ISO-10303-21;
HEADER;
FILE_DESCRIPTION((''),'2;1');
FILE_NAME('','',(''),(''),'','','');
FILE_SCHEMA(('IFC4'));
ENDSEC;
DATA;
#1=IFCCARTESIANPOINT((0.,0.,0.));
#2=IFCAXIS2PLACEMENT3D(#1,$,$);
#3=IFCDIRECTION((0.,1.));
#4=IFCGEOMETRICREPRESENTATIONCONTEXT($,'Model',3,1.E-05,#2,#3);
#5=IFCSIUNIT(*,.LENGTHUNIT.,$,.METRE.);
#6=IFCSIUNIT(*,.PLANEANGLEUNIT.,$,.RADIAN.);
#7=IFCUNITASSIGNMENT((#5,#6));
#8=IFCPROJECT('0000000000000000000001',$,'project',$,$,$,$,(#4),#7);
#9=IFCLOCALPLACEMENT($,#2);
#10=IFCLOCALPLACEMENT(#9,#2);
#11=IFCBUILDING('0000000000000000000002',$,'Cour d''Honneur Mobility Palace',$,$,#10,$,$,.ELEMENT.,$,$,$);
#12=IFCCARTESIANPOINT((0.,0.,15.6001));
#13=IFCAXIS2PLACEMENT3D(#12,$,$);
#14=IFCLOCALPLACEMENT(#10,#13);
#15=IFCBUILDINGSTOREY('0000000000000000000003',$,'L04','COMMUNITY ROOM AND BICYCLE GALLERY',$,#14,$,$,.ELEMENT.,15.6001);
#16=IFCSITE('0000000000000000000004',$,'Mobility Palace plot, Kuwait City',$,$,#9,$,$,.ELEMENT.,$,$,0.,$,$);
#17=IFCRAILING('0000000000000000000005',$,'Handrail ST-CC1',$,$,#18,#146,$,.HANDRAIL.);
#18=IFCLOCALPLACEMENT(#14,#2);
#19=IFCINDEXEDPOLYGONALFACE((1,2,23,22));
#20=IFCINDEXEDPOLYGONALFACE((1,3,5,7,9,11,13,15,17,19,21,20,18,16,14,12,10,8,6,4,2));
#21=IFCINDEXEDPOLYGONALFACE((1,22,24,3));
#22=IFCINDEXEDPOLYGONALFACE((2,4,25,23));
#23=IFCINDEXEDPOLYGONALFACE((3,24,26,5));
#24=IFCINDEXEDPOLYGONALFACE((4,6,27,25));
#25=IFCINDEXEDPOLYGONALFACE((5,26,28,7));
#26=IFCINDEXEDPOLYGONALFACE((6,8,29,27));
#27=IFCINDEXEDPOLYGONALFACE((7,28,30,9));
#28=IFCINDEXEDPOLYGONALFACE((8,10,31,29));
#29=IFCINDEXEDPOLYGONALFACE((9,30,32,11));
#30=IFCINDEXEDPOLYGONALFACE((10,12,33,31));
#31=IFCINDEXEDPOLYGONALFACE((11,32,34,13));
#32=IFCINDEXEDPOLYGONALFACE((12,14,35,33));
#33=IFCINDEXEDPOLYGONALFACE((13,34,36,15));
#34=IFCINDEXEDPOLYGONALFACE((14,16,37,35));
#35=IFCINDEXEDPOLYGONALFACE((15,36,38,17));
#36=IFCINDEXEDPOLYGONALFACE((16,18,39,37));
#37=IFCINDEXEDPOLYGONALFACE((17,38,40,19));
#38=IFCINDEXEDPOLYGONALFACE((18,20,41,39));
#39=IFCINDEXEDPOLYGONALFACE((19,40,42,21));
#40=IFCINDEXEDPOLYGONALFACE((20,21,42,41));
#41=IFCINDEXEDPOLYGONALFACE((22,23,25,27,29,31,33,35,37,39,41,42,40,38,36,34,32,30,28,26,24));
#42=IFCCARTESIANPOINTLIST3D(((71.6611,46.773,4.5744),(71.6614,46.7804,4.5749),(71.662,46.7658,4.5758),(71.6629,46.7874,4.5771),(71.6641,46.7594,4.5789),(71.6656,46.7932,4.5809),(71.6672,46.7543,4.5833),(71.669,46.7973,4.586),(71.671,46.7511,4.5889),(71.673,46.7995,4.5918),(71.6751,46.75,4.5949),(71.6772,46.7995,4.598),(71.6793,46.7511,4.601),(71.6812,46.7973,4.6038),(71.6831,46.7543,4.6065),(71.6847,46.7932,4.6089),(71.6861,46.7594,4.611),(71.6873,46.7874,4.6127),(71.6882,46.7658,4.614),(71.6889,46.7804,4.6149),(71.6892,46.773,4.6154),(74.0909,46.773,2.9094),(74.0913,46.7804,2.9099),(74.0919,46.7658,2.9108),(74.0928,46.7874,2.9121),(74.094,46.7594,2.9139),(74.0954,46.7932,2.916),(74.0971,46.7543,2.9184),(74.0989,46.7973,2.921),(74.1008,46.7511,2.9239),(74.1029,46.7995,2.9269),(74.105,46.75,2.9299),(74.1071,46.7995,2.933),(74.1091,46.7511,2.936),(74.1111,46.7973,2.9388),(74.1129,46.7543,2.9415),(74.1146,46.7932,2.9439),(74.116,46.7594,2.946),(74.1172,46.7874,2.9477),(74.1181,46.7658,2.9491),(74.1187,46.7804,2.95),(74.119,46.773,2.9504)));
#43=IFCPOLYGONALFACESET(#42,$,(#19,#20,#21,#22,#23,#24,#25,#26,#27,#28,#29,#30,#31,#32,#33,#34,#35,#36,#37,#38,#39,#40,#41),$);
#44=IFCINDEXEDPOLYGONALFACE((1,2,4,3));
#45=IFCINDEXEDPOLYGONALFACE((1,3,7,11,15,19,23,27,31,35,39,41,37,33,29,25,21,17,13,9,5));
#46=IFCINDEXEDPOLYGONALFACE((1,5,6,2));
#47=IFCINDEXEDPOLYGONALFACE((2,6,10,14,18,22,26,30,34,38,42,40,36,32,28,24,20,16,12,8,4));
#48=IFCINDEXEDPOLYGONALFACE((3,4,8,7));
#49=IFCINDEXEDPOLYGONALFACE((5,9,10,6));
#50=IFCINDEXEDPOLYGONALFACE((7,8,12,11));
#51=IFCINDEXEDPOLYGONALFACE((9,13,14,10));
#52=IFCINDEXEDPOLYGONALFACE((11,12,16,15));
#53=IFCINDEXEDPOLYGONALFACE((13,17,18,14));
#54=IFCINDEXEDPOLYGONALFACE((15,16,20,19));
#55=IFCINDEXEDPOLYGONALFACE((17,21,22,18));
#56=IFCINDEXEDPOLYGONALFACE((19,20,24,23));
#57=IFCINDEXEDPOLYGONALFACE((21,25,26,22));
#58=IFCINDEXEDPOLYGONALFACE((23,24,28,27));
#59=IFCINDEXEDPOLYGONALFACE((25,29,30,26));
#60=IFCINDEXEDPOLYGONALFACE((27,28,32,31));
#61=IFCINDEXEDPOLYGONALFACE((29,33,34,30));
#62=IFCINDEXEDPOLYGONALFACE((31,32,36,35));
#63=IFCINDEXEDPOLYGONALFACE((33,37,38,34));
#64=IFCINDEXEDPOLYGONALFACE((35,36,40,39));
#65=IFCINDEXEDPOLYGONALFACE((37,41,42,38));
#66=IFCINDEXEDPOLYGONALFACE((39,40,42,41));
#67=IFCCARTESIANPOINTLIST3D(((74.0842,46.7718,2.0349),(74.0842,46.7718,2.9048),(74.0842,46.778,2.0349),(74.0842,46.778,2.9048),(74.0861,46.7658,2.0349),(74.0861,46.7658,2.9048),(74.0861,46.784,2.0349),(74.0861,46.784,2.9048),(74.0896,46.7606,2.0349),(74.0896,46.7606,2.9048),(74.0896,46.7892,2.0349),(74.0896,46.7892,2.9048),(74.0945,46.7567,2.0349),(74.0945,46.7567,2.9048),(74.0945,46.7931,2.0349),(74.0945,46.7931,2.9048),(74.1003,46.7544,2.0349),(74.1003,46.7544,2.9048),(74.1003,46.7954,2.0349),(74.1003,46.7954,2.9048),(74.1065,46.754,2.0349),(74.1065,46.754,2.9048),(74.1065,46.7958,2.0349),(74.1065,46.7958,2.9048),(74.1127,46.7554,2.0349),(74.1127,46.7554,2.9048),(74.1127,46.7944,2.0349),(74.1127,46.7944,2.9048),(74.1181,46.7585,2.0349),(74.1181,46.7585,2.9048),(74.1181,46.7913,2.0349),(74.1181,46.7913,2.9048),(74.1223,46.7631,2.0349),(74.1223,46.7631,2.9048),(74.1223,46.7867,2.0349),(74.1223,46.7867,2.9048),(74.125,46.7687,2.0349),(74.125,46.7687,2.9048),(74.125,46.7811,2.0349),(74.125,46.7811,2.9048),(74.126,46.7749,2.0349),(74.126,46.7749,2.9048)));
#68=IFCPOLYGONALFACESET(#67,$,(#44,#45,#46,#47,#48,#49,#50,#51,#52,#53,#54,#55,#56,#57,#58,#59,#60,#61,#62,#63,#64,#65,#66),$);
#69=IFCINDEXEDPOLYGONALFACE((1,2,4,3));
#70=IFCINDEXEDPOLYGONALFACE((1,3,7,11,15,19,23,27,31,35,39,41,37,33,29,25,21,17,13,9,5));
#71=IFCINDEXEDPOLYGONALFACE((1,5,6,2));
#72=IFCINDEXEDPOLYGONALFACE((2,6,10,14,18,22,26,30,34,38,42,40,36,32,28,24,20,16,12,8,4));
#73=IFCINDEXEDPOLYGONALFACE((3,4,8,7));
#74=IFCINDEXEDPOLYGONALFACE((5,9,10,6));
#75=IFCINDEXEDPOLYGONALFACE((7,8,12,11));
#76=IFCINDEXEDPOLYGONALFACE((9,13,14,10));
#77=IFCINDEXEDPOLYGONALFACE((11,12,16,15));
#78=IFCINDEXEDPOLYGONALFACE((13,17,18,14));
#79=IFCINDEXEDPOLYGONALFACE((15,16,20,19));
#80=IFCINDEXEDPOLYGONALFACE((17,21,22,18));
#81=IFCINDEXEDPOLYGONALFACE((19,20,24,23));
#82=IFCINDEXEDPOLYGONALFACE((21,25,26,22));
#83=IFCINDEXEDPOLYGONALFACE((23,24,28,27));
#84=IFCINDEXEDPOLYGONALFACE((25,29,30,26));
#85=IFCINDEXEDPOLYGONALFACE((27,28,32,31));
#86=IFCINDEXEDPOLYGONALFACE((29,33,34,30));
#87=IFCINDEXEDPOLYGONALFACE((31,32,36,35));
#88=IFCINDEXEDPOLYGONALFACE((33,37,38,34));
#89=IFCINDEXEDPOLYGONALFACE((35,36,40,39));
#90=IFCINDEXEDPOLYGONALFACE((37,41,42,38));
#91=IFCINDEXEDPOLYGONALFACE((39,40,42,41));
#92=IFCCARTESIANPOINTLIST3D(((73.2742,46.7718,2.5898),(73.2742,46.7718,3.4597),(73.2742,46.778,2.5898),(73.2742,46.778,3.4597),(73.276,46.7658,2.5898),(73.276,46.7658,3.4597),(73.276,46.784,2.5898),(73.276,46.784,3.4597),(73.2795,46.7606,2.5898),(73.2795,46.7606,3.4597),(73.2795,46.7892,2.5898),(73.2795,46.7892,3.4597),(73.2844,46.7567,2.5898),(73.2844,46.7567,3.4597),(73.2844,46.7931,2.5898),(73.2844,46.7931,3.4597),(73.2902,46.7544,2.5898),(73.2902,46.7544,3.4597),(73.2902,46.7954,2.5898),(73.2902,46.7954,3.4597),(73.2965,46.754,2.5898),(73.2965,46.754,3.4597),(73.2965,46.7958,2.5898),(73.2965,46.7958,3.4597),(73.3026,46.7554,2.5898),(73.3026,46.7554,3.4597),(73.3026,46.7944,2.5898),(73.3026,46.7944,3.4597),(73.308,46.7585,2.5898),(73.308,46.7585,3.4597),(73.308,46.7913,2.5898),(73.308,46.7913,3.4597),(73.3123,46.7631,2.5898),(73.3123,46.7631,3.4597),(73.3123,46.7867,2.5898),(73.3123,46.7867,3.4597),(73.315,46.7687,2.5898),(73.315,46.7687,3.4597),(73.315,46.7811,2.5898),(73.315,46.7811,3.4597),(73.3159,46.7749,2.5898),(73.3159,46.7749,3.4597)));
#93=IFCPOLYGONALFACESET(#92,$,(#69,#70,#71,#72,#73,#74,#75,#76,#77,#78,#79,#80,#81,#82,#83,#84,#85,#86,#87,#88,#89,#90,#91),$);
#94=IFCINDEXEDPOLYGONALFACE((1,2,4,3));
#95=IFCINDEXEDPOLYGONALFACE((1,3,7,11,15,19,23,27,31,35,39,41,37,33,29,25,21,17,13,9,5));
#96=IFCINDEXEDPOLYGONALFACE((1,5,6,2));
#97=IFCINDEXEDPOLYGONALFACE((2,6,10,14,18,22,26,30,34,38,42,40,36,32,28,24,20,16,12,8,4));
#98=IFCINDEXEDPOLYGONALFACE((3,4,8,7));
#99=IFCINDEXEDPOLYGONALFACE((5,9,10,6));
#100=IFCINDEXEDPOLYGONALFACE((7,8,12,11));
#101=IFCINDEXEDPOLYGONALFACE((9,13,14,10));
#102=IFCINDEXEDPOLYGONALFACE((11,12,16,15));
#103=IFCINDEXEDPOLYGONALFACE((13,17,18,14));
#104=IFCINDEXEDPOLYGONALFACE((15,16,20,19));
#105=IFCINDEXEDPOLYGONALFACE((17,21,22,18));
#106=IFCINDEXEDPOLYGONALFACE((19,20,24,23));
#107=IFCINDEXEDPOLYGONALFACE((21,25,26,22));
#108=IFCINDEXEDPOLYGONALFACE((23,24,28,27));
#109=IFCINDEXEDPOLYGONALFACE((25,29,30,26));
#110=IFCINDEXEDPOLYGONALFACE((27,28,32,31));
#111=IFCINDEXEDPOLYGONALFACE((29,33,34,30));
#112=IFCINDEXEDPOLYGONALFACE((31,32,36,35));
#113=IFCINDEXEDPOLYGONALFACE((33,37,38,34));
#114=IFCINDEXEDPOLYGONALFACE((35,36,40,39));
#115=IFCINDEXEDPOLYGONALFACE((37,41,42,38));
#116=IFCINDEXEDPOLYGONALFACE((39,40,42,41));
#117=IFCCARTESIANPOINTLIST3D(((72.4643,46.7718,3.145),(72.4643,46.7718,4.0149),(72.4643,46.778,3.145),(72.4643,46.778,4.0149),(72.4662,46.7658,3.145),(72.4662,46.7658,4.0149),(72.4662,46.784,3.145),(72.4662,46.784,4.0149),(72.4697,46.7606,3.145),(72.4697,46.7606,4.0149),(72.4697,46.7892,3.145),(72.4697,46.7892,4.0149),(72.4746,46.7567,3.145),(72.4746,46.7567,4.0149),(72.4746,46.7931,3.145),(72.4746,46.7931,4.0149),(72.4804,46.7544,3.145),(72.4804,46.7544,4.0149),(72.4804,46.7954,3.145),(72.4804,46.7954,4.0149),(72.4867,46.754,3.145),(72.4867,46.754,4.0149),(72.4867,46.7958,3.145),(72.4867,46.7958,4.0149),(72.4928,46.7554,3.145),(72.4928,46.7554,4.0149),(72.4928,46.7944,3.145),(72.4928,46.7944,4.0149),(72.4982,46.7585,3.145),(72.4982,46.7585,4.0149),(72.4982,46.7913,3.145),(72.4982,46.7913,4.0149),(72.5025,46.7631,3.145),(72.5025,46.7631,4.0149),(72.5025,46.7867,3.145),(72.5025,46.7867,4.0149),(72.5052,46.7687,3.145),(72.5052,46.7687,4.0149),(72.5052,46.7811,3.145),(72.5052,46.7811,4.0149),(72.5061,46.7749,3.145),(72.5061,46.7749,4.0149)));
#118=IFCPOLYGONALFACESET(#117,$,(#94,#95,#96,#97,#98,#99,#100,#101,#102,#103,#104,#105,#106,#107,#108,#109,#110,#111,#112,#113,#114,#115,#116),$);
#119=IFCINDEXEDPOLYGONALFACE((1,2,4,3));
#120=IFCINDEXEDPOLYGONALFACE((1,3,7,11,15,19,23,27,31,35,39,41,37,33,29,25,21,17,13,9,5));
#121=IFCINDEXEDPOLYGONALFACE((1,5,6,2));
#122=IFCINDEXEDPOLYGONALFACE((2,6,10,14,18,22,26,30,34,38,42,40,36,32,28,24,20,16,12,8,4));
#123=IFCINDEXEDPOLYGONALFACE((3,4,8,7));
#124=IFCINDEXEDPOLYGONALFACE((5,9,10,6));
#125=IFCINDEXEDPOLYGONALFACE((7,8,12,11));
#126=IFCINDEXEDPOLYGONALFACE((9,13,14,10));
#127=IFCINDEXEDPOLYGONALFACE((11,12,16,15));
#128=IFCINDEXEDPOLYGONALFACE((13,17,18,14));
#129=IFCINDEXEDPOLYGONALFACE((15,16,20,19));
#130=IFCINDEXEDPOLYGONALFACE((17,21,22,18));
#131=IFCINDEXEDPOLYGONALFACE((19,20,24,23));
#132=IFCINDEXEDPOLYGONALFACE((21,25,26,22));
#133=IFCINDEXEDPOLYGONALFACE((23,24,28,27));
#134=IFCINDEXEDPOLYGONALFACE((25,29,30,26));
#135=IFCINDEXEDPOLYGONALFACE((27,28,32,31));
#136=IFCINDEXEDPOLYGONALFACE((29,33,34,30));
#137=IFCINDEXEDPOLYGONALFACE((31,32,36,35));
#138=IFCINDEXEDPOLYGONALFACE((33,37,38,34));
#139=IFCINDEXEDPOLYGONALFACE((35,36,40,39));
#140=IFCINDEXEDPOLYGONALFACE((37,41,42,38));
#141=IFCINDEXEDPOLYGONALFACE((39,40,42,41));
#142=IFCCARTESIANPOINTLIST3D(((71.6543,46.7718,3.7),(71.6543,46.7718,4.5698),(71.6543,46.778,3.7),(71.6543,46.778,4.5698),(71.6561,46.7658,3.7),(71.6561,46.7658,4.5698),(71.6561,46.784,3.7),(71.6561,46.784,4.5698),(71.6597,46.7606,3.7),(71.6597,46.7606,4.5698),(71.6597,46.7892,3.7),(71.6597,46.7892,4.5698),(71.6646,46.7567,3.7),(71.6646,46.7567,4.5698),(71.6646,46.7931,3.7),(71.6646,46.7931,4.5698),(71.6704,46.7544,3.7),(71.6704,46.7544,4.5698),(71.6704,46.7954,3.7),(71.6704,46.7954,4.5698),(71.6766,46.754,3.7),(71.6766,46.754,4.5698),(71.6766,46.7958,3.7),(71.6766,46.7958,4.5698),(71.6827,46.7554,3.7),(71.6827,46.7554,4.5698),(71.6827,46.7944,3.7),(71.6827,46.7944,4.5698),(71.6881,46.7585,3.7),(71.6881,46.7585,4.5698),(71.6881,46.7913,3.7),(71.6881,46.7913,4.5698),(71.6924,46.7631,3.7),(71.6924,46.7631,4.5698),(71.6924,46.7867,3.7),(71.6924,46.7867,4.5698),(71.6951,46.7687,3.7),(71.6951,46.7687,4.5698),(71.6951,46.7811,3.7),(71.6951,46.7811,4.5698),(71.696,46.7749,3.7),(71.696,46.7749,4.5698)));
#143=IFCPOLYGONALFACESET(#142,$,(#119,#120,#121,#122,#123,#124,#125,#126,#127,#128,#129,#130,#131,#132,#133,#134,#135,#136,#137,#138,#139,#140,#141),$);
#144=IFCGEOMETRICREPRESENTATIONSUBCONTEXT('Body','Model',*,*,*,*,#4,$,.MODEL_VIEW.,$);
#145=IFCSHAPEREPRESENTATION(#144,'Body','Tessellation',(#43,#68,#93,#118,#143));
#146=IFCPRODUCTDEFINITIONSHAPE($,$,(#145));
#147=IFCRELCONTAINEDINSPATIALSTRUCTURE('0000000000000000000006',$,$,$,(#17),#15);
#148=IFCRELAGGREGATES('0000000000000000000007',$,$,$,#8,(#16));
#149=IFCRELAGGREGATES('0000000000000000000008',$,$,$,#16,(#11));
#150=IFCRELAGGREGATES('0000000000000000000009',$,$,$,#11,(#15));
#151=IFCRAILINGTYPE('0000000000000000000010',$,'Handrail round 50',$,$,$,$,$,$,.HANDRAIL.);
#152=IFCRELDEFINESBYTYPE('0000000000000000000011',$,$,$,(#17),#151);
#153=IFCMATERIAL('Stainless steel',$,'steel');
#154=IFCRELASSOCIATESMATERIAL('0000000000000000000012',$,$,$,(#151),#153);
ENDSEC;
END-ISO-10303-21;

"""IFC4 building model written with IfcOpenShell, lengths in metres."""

from ifc_helpers import new_model, si_unit, direction, frame, origin, origin_2d, place, context, subcontext, project, spatial, circle, extrude, material, type_object, element, save


model = new_model("IFC4")

# Units and contexts
model_context = context("Model", 3, precision=1e-05, world=origin(), true_north=direction((0.0, 1.0)))
body_context = subcontext(model_context, "Body", "Model", "MODEL_VIEW")
ifc_project = project(units=[si_unit("LENGTHUNIT", "METRE"), si_unit("PLANEANGLEUNIT", "RADIAN")], contexts=[model_context])

# Site, building, storey
site_placement = place(None, origin())
site = spatial("IfcSite", under=ifc_project, at=site_placement, Name="Mobility Palace plot, Kuwait City", CompositionType="ELEMENT", RefElevation=0.0)
building_placement = place(site_placement, origin())
building = spatial("IfcBuilding", under=site, at=building_placement, Name="Cour d'Honneur Mobility Palace", CompositionType="ELEMENT")
storey_placement = place(building_placement, frame((0.0, 0.0, 15.6001)))
storey = spatial("IfcBuildingStorey", under=building, at=storey_placement, Name="L04", Description="COMMUNITY ROOM AND BICYCLE GALLERY", CompositionType="ELEMENT", Elevation=15.6001)

# Railing
ifc_material_1 = material(Name="Stainless steel", Category="steel")
railing_type_1 = type_object("IfcRailingType", Name="Handrail round 50", PredefinedType="HANDRAIL", material=ifc_material_1)
for number, where, name in (
    (1, (74.105, 46.7749, 2.0349), "Handrail ST-CC1"),
):
    element("IfcRailing", number, at=place(storey_placement, frame(where)), inside=storey, type_object=railing_type_1, Name=name, PredefinedType="HANDRAIL", context=body_context, shape_type="SweptSolid", body=[
        extrude(circle(Radius=0.0249, at=origin_2d()), frame((0.0, 0.0, 0.895), z_axis=(-0.824919, 0.0, 0.565251), x_axis=(0.0, -1.0, 0.0)), (0.0, 0.0, 1.0), 2.9456),
        extrude(circle(Radius=0.021, at=origin_2d()), origin(), (0.0, 0.0, 1.0), 0.8699),
        extrude(circle(Radius=0.021, at=origin_2d()), frame((-0.8101, 0.0, 0.5549)), (0.0, 0.0, 1.0), 0.8699),
        extrude(circle(Radius=0.021, at=origin_2d()), frame((-1.6199, 0.0, 1.1101)), (0.0, 0.0, 1.0), 0.8699),
        extrude(circle(Radius=0.021, at=origin_2d()), frame((-2.4299, 0.0, 1.665)), (0.0, 0.0, 1.0), 0.8699),
    ])

save(model, "model.ifc")
